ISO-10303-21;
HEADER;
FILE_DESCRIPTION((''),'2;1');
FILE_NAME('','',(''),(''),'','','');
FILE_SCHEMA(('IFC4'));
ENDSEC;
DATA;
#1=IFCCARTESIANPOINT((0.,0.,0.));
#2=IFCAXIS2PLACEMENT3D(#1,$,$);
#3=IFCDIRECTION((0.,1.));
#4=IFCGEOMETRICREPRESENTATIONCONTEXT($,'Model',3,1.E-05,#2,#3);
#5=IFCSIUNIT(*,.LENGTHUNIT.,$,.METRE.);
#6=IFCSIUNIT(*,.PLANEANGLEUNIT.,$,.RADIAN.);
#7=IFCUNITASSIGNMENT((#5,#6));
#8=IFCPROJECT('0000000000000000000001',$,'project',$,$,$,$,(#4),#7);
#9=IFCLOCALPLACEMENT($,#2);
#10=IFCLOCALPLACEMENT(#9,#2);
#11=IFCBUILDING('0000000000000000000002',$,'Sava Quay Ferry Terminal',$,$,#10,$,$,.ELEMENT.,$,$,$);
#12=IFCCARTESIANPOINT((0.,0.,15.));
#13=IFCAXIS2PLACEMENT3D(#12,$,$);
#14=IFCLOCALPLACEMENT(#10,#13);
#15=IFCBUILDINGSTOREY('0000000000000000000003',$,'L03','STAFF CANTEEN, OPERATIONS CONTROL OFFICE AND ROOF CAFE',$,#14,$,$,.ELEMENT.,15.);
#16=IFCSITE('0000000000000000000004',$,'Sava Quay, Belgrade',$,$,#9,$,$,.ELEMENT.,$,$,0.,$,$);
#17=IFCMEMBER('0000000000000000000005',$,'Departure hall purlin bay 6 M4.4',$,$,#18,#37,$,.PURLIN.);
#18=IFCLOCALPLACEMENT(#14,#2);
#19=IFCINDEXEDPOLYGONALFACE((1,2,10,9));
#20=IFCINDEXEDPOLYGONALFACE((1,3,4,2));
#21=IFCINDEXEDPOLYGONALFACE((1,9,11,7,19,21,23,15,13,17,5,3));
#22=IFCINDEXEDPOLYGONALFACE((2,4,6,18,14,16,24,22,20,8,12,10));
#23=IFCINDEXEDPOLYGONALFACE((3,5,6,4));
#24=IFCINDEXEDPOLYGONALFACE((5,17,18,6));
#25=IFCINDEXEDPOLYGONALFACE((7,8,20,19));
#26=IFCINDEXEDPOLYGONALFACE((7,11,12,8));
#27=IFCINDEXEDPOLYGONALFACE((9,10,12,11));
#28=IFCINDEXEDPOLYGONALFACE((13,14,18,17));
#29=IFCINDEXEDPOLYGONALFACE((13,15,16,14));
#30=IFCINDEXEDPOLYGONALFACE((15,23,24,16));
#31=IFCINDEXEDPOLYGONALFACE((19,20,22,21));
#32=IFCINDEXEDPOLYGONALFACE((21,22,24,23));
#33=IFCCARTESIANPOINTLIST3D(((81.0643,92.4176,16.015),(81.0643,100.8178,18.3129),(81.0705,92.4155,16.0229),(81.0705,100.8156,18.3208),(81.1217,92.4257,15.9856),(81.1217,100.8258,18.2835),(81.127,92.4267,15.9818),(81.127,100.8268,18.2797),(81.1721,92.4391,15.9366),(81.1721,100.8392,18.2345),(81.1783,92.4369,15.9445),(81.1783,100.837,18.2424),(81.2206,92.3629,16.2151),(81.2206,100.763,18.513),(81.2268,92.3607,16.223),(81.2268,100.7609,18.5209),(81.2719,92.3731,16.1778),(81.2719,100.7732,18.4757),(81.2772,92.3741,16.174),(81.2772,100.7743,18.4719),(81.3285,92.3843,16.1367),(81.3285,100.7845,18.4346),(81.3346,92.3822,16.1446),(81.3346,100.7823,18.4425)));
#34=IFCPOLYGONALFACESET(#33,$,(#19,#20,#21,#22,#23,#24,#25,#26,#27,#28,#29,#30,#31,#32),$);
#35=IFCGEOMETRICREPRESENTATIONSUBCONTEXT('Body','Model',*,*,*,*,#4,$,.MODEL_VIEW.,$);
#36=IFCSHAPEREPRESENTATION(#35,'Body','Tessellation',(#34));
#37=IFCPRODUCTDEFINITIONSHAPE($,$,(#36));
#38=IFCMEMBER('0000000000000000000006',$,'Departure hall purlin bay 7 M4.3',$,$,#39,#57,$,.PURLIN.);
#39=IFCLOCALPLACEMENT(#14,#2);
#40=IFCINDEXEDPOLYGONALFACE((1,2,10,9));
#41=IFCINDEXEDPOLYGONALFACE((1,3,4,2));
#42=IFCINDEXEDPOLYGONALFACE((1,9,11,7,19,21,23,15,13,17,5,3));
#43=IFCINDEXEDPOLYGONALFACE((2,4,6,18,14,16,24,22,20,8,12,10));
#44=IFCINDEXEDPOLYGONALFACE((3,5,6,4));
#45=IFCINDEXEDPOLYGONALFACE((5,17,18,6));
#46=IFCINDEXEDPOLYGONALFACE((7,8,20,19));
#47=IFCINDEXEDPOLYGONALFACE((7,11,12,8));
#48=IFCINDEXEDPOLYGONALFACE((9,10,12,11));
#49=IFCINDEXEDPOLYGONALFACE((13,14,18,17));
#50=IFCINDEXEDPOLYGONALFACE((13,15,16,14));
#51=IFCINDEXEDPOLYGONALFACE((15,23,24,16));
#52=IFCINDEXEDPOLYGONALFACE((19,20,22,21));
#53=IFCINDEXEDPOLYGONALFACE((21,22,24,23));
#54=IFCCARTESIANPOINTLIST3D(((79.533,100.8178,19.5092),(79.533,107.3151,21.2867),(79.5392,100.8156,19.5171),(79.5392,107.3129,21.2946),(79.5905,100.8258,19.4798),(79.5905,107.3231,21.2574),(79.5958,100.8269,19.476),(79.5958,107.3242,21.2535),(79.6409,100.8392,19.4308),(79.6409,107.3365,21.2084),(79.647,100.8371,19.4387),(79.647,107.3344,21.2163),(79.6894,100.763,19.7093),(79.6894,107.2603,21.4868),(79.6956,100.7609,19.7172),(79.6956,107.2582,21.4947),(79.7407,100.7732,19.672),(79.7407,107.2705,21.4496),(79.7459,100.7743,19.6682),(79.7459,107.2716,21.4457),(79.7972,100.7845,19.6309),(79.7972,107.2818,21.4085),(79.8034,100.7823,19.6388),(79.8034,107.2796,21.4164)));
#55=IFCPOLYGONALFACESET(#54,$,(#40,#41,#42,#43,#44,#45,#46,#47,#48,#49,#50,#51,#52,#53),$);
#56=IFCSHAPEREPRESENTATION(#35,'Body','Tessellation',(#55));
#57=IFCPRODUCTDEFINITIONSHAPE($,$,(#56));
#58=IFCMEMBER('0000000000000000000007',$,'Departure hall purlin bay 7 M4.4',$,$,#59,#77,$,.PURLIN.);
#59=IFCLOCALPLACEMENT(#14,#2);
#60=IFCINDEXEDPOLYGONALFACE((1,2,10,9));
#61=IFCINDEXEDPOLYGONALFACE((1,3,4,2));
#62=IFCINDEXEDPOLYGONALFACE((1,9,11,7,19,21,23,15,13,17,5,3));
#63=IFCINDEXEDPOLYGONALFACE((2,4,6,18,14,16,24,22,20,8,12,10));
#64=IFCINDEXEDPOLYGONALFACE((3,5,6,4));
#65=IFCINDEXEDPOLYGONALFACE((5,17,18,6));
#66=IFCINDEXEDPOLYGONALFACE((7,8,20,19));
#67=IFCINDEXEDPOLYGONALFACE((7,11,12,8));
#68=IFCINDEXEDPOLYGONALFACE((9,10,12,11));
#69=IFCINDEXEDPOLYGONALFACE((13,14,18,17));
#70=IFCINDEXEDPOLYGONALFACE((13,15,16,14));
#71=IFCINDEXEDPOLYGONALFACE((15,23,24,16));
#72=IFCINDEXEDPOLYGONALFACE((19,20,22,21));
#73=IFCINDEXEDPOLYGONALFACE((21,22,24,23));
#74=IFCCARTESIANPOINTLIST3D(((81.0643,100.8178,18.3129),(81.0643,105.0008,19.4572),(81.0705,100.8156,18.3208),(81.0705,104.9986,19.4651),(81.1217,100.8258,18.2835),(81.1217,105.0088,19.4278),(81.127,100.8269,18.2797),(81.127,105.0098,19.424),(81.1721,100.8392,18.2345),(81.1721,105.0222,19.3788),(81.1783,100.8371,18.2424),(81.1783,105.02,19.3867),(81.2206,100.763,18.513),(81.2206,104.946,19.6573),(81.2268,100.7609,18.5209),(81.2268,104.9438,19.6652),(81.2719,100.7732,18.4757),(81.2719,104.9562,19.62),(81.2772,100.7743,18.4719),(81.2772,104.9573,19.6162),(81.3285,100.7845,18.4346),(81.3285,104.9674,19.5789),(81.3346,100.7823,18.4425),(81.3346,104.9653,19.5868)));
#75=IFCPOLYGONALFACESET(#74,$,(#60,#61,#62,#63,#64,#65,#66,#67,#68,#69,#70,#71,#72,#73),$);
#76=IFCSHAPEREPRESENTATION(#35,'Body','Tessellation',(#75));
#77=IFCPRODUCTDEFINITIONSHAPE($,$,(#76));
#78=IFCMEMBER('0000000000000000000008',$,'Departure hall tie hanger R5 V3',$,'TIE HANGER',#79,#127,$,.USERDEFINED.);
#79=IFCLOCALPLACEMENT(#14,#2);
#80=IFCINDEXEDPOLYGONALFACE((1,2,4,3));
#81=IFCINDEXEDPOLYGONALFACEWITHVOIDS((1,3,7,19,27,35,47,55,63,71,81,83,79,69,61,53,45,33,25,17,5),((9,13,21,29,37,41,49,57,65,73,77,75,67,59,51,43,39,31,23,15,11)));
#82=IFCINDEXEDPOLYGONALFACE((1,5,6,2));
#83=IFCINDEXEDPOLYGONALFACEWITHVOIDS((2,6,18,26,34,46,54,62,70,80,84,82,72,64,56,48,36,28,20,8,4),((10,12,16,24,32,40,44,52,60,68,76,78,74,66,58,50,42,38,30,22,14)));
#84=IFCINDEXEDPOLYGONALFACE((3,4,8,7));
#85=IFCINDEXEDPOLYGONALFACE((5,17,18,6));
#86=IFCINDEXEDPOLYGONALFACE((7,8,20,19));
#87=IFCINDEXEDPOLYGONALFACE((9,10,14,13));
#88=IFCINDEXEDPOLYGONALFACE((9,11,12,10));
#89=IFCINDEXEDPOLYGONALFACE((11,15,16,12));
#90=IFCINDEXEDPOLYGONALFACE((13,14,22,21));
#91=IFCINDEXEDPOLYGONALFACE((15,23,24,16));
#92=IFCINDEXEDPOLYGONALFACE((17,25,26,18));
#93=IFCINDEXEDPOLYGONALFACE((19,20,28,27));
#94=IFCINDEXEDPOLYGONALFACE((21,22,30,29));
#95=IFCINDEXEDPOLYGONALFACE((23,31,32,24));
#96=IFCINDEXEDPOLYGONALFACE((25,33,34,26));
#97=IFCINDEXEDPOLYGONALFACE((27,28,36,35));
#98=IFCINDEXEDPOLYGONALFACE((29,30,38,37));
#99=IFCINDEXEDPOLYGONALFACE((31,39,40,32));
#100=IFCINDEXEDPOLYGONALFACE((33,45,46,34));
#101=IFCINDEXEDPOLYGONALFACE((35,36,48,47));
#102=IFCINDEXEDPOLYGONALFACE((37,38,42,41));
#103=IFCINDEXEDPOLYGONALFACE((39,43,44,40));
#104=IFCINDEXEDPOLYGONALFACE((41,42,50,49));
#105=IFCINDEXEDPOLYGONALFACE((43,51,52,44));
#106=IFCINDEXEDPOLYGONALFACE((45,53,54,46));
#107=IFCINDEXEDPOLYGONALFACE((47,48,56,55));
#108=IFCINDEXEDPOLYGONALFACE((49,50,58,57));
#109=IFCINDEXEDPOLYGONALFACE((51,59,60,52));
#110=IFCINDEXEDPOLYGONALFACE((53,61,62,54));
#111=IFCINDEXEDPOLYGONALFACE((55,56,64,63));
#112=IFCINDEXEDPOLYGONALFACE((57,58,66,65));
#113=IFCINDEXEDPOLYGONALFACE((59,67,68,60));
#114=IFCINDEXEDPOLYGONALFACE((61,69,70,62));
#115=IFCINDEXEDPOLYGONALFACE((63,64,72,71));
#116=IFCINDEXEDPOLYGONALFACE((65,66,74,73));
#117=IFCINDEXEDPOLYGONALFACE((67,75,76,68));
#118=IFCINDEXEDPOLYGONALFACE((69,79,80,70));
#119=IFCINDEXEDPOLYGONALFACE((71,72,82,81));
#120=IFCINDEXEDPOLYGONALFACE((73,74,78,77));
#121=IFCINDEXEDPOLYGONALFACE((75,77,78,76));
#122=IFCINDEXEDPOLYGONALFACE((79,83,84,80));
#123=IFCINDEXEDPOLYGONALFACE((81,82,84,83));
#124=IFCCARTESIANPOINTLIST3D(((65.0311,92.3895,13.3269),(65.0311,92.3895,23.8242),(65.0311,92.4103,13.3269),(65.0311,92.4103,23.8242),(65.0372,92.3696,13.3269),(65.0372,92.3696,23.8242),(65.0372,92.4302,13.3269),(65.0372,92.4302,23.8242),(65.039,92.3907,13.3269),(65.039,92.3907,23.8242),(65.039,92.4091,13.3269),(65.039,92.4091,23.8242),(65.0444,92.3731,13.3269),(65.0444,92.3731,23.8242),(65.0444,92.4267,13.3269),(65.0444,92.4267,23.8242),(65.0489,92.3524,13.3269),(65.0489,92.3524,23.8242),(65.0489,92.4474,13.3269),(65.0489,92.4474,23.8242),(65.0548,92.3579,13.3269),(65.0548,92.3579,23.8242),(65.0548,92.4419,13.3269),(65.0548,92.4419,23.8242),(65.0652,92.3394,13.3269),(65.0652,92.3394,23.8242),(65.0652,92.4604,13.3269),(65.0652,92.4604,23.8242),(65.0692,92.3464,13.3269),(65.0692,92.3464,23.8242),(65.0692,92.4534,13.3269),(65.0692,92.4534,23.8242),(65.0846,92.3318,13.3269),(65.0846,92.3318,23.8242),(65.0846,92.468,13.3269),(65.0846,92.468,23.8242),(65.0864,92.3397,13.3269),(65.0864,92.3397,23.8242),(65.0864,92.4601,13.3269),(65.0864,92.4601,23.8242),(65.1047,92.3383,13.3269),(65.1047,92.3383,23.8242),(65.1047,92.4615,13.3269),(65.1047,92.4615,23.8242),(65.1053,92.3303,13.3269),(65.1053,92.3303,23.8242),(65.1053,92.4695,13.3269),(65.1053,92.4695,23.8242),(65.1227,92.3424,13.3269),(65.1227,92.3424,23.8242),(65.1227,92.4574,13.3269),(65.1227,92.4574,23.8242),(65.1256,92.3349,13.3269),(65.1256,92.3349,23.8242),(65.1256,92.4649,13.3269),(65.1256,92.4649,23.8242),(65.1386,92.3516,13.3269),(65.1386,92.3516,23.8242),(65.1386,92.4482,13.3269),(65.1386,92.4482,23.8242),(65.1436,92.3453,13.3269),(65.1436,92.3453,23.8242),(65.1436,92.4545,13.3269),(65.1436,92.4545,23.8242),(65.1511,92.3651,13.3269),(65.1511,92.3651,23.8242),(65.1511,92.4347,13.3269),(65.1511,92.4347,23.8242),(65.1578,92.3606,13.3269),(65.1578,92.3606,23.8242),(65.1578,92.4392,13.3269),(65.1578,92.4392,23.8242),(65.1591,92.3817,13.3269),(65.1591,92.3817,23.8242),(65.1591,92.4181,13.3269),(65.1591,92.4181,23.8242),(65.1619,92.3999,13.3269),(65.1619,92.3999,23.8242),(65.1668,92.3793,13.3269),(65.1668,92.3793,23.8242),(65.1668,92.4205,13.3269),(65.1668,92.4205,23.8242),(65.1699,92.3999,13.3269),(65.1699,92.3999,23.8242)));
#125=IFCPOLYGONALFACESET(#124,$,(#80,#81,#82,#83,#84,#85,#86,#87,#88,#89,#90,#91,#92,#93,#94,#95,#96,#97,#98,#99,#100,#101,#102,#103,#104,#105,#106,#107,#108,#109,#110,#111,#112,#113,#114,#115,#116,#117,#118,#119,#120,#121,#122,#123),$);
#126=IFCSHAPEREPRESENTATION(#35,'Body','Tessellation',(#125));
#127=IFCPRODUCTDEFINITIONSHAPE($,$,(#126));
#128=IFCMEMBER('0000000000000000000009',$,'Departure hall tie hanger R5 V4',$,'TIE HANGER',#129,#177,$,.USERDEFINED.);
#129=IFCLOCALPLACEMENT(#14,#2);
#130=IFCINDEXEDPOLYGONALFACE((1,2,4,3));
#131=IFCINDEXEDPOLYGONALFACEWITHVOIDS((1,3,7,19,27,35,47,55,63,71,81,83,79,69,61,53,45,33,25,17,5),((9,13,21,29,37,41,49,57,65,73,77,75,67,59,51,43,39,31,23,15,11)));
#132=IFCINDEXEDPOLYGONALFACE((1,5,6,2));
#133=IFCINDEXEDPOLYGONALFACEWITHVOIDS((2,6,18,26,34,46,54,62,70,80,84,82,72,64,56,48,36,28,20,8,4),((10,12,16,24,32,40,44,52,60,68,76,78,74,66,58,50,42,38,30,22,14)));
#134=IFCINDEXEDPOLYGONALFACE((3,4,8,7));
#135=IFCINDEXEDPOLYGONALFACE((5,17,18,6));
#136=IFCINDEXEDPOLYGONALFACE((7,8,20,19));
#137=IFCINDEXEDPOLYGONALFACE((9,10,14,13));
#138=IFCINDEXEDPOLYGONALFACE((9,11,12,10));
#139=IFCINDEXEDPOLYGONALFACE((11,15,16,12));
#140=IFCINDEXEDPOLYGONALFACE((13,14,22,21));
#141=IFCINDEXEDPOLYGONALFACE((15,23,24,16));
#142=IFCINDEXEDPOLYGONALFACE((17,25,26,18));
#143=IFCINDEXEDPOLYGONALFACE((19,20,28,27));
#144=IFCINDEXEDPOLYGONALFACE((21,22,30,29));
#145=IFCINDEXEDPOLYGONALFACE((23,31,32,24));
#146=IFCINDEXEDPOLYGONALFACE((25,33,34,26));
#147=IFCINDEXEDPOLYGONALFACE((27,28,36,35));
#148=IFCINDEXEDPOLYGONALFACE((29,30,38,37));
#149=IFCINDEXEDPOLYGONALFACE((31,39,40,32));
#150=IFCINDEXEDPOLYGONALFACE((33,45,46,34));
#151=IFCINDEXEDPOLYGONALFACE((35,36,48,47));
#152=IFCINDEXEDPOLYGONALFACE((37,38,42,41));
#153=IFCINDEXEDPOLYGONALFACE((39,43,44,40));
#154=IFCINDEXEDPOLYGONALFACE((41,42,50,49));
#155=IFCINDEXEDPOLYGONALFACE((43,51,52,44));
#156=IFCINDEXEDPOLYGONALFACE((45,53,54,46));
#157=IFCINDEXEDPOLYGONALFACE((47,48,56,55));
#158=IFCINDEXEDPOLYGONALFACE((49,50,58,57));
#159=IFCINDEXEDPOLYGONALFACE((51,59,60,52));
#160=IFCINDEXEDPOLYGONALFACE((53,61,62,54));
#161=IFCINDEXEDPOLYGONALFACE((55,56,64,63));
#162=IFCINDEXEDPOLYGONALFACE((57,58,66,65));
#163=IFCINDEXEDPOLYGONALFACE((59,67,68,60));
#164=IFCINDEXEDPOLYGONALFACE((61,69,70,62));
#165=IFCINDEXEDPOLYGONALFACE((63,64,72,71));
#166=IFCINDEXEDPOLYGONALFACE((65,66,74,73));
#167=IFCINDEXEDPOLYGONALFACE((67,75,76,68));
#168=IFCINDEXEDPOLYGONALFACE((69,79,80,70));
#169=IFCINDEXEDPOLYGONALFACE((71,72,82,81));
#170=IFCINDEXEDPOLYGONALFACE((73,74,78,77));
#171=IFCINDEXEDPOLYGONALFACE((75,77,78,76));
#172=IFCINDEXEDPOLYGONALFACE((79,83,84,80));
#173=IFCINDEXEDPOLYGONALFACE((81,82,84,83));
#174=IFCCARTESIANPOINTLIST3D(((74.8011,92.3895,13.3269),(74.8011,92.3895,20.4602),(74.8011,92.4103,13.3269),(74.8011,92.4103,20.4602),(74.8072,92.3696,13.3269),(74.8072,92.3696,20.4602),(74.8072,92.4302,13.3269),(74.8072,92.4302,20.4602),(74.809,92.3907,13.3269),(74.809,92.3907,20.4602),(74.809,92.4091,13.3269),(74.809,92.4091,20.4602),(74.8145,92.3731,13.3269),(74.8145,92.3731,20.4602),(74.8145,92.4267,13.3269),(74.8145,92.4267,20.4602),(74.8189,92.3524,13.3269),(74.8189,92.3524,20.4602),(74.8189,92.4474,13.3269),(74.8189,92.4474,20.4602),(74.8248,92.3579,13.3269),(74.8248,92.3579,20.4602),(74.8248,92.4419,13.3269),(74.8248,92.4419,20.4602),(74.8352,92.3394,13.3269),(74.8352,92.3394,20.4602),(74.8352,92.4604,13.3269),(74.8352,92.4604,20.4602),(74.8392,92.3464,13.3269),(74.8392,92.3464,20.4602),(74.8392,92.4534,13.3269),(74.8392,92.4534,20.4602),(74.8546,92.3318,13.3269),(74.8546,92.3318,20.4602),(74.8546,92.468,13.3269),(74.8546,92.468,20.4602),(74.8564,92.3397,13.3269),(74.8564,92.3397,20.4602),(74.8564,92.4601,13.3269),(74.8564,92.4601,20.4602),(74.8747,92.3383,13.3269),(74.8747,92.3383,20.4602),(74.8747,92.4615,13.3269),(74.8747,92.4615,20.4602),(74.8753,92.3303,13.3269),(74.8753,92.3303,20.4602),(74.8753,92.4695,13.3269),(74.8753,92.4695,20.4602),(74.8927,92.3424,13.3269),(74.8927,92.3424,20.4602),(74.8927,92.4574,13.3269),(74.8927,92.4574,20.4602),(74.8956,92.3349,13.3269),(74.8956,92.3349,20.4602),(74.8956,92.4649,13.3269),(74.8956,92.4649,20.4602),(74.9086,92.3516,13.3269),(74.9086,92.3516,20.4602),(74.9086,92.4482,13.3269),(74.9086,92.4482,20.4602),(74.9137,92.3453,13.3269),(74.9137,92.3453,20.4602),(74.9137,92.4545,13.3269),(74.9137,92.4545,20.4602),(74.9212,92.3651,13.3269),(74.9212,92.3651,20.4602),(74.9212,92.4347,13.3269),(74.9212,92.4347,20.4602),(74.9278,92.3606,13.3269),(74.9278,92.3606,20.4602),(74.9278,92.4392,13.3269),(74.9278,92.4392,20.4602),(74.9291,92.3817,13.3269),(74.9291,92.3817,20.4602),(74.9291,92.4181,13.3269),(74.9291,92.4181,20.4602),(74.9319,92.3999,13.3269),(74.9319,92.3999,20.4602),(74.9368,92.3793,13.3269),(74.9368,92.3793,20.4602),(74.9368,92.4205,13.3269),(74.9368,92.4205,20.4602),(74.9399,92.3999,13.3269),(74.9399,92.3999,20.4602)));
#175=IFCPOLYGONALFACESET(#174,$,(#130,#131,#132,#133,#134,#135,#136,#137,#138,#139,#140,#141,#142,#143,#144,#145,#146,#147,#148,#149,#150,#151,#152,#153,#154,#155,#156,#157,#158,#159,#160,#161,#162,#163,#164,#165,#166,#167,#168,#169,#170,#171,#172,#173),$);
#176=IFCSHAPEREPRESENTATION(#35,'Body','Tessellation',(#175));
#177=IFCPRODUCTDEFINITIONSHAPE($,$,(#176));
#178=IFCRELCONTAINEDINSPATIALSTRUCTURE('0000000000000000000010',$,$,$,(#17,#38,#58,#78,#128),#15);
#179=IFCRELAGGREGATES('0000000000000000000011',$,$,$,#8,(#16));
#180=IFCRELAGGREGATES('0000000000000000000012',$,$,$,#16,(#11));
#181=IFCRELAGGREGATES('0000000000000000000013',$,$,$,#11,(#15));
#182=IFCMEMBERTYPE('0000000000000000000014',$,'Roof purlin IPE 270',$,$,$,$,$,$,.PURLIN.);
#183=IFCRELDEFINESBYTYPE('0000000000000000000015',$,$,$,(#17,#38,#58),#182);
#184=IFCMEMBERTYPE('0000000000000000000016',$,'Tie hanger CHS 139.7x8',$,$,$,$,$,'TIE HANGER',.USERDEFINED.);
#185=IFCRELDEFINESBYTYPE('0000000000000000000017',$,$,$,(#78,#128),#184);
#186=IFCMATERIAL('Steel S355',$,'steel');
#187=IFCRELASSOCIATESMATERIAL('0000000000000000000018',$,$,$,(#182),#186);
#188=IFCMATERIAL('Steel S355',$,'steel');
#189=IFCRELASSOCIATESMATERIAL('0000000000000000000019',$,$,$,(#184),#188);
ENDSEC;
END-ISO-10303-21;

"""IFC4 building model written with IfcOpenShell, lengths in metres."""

from ifc_helpers import new_model, si_unit, direction, frame, origin, origin_2d, place, context, subcontext, project, spatial, hollow_circle, i_section, extrude, material, material_profile, profile_set, type_object, element, save


model = new_model("IFC4")

# Units and contexts
model_context = context("Model", 3, precision=1e-05, world=origin(), true_north=direction((0.0, 1.0)))
body_context = subcontext(model_context, "Body", "Model", "MODEL_VIEW")
ifc_project = project(units=[si_unit("LENGTHUNIT", "METRE"), si_unit("PLANEANGLEUNIT", "RADIAN")], contexts=[model_context])

# Site, building, storey
site_placement = place(None, origin())
site = spatial("IfcSite", under=ifc_project, at=site_placement, Name="Sava Quay, Belgrade", CompositionType="ELEMENT", RefElevation=0.0)
building_placement = place(site_placement, origin())
building = spatial("IfcBuilding", under=site, at=building_placement, Name="Sava Quay Ferry Terminal", CompositionType="ELEMENT")
storey_placement = place(building_placement, frame((0.0, 0.0, 15.0)))
storey = spatial("IfcBuildingStorey", under=building, at=storey_placement, Name="L03", Description="STAFF CANTEEN, OPERATIONS CONTROL OFFICE AND ROOF CAFE", CompositionType="ELEMENT", Elevation=15.0)

# Members
ifc_material_1 = material(Name="Steel S355", Category="steel")
ifc_material_profile_1 = material_profile(ifc_material_1, i_section(OverallWidth=0.135, OverallDepth=0.27, WebThickness=0.0066, FlangeThickness=0.0103, at=origin_2d()), Name="IPE 270")
ifc_profile_set_1 = profile_set([ifc_material_profile_1], Name="Steel S355")
member_type_1 = type_object("IfcMemberType", Name="Roof purlin IPE 270", PredefinedType="PURLIN", material=ifc_profile_set_1)
for number, where, z_axis, x_axis, name in (
    (1, (81.1995, 92.3999, 16.0798), (0.0, 0.964562, 0.263855), (-0.79862, -0.158797, 0.580508), "Departure hall purlin bay 6 M4.4"),
):
    element("IfcMember", number, at=place(storey_placement, frame(where, z_axis=z_axis, x_axis=x_axis)), inside=storey, type_object=member_type_1, Name=name, PredefinedType="PURLIN", context=body_context, shape_type="SweptSolid", body=[
        extrude(i_section(OverallWidth=0.135, OverallDepth=0.27, WebThickness=0.0066, FlangeThickness=0.0103, at=origin_2d()), origin(), (0.0, 0.0, 1.0), 8.7087),
    ])
member_1_placement = place(storey_placement, frame((79.6682, 100.8, 19.574), z_axis=(0.0, 0.964553, 0.26389), x_axis=(-0.79862, -0.158818, 0.580502)))
element("IfcMember", 2, at=member_1_placement, inside=storey, type_object=member_type_1, Name="Departure hall purlin bay 7 M4.3", PredefinedType="PURLIN", context=body_context, shape_type="SweptSolid", body=[
    extrude(i_section(OverallWidth=0.135, OverallDepth=0.27, WebThickness=0.0066, FlangeThickness=0.0103, at=origin_2d()), origin(), (0.0, 0.0, 1.0), 6.7361),
])
member_2_placement = place(storey_placement, frame((81.1995, 100.8, 18.3777), z_axis=(0.0, 0.964558, 0.26387), x_axis=(-0.79862, -0.158806, 0.580505)))
element("IfcMember", 3, at=member_2_placement, inside=storey, type_object=member_type_1, Name="Departure hall purlin bay 7 M4.4", PredefinedType="PURLIN", context=body_context, shape_type="SweptSolid", body=[
    extrude(i_section(OverallWidth=0.135, OverallDepth=0.27, WebThickness=0.0066, FlangeThickness=0.0103, at=origin_2d()), origin(), (0.0, 0.0, 1.0), 4.3367),
])
ifc_material_2 = material(Name="Steel S355", Category="steel")
ifc_material_profile_2 = material_profile(ifc_material_2, hollow_circle(Radius=0.0698, WallThickness=0.0081, at=origin_2d()), Name="CHS 139.7 x 8.0")
ifc_profile_set_2 = profile_set([ifc_material_profile_2], Name="Steel S355")
member_type_2 = type_object("IfcMemberType", Name="Tie hanger CHS 139.7x8", ElementType="TIE HANGER", PredefinedType="USERDEFINED", material=ifc_profile_set_2)
member_3_placement = place(storey_placement, frame((65.1001, 92.3999, 13.3269), z_axis=(0.0, 0.0, 1.0), x_axis=(1.0, 0.0, 0.0)))
element("IfcMember", 4, at=member_3_placement, inside=storey, type_object=member_type_2, Name="Departure hall tie hanger R5 V3", ObjectType="TIE HANGER", PredefinedType="USERDEFINED", context=body_context, shape_type="SweptSolid", body=[
    extrude(hollow_circle(Radius=0.0698, WallThickness=0.0081, at=origin_2d()), origin(), (0.0, 0.0, 1.0), 10.4973),
])
member_4_placement = place(storey_placement, frame((74.8701, 92.3999, 13.3269), z_axis=(0.0, 0.0, 1.0), x_axis=(1.0, 0.0, 0.0)))
element("IfcMember", 5, at=member_4_placement, inside=storey, type_object=member_type_2, Name="Departure hall tie hanger R5 V4", ObjectType="TIE HANGER", PredefinedType="USERDEFINED", context=body_context, shape_type="SweptSolid", body=[
    extrude(hollow_circle(Radius=0.0698, WallThickness=0.0081, at=origin_2d()), origin(), (0.0, 0.0, 1.0), 7.1333),
])

save(model, "model.ifc")
